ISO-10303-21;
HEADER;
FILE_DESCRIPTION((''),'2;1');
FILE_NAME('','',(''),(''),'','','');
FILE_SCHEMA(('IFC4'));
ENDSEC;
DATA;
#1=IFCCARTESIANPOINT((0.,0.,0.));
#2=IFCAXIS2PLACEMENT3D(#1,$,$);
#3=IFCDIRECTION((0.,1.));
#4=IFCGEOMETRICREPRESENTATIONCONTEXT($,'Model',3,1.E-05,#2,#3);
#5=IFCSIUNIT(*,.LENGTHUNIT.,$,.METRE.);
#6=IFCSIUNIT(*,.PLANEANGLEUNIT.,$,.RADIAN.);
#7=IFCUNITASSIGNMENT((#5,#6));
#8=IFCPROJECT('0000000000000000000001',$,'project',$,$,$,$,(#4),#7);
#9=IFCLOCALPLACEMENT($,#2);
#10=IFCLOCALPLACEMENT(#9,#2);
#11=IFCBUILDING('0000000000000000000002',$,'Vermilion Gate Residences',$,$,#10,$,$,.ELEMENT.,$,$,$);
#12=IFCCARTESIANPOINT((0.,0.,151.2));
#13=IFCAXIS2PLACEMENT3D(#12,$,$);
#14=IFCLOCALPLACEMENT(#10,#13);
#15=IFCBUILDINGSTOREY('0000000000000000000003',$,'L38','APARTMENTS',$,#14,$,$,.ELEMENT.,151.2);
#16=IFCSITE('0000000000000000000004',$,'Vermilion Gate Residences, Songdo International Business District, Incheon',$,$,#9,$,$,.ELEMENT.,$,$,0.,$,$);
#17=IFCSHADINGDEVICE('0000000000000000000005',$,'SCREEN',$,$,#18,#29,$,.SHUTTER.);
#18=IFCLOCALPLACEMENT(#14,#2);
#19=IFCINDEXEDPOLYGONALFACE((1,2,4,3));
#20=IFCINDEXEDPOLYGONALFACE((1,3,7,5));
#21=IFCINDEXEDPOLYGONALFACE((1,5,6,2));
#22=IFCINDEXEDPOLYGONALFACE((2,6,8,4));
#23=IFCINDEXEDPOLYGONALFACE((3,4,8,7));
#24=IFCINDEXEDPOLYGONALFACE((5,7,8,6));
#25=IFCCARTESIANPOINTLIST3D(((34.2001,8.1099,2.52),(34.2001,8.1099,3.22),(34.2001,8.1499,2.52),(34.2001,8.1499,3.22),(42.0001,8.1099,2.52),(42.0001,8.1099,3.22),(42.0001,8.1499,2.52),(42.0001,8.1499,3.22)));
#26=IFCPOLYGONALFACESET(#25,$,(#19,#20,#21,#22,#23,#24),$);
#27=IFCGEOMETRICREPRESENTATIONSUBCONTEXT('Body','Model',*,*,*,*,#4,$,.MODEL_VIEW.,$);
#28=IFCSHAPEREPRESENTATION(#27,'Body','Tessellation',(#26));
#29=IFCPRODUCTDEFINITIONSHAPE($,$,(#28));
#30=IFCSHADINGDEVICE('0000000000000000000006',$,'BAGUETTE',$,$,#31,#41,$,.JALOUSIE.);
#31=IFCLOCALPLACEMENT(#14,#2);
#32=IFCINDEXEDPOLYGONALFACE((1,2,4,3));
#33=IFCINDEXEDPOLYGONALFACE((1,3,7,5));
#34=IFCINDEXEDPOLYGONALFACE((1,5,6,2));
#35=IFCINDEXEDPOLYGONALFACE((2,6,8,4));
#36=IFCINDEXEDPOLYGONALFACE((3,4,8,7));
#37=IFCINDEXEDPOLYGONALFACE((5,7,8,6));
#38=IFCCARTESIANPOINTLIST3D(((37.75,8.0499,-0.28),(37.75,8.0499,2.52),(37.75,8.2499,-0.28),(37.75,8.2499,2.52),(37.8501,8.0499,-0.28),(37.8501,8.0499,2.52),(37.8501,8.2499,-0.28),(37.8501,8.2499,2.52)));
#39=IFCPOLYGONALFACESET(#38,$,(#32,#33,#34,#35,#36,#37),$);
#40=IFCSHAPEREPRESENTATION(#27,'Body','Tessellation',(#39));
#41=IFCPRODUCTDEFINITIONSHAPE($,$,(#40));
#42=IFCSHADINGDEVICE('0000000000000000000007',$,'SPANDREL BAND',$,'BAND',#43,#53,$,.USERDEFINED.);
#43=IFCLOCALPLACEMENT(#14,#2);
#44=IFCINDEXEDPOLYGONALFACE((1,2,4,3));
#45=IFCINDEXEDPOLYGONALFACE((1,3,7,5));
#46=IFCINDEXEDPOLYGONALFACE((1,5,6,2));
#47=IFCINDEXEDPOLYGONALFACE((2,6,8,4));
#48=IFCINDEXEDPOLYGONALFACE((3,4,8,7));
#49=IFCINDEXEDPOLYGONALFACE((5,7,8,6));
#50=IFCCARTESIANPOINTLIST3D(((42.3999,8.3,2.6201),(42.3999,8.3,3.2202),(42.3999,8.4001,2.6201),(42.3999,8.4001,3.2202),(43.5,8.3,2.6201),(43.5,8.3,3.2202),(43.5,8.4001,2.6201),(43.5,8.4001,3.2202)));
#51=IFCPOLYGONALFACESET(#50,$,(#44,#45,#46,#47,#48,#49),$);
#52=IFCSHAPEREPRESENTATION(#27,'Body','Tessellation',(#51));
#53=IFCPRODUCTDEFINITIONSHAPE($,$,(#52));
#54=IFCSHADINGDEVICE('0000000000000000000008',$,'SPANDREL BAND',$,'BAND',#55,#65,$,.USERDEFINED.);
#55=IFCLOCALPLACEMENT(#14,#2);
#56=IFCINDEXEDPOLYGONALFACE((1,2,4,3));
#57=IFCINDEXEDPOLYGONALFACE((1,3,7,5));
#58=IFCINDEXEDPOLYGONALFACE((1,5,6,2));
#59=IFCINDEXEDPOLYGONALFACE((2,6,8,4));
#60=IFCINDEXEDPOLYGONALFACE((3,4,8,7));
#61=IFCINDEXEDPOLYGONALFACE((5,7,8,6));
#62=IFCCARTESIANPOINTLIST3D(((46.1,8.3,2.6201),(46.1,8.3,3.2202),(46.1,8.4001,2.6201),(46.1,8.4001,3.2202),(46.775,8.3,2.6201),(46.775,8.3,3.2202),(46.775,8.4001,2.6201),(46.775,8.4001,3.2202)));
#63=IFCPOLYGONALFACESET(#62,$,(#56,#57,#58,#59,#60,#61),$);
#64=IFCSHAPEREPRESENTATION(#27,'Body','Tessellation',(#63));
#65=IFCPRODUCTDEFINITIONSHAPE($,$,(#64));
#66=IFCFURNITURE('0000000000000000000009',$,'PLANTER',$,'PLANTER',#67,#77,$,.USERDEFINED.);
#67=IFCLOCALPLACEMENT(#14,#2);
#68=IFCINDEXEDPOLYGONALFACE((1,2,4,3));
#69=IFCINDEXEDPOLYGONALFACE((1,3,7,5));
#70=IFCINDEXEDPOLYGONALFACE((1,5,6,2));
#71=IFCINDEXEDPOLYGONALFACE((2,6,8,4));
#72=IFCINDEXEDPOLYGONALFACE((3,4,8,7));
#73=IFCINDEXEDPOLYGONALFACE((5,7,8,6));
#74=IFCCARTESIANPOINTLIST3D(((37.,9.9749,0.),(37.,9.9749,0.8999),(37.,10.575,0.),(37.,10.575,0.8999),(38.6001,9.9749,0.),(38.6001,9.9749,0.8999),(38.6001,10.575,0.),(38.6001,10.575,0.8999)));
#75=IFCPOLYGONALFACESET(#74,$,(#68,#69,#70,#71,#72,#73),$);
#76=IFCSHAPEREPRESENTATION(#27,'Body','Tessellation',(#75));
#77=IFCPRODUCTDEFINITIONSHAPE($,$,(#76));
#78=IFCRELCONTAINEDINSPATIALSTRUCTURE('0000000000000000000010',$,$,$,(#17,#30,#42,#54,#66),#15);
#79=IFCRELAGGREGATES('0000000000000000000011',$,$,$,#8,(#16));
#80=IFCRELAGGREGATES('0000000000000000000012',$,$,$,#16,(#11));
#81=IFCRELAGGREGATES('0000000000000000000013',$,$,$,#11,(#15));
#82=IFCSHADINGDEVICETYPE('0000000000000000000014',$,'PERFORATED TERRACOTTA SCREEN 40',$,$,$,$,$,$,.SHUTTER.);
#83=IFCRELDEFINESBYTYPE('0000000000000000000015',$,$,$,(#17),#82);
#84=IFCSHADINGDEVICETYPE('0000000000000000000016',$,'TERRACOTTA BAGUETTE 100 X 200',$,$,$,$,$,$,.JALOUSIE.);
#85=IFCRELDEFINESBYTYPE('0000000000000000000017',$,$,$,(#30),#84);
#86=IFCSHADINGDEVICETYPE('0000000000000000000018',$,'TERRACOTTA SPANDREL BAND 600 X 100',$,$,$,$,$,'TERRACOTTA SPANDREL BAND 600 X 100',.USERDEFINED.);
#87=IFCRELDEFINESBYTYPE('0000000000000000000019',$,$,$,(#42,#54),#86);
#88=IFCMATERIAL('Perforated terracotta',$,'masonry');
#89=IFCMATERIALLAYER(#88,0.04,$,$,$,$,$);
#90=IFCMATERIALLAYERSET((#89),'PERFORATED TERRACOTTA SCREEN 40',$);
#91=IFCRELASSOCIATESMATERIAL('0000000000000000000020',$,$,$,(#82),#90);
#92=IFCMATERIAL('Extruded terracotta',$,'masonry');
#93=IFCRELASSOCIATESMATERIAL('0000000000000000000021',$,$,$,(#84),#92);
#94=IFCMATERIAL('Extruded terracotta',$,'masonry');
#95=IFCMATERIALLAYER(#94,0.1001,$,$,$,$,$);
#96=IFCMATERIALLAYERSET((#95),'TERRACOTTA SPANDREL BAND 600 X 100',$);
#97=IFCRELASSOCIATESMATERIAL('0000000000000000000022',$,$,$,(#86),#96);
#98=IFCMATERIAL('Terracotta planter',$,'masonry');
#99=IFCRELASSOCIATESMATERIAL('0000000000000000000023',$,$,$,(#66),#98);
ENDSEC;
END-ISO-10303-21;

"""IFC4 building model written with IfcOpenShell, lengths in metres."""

from ifc_helpers import new_model, si_unit, direction, frame, origin, origin_2d, place, context, subcontext, project, spatial, rectangle, extrude, material, layer, layer_set, material_profile, profile_set, type_object, element, save


model = new_model("IFC4")

# Units and contexts
model_context = context("Model", 3, precision=1e-05, world=origin(), true_north=direction((0.0, 1.0)))
body_context = subcontext(model_context, "Body", "Model", "MODEL_VIEW")
ifc_project = project(units=[si_unit("LENGTHUNIT", "METRE"), si_unit("PLANEANGLEUNIT", "RADIAN")], contexts=[model_context])

# Site, building, storey
site_placement = place(None, origin())
site = spatial("IfcSite", under=ifc_project, at=site_placement, Name="Vermilion Gate Residences, Songdo International Business District, Incheon", CompositionType="ELEMENT", RefElevation=0.0)
building_placement = place(site_placement, origin())
building = spatial("IfcBuilding", under=site, at=building_placement, Name="Vermilion Gate Residences", CompositionType="ELEMENT")
storey_placement = place(building_placement, frame((0.0, 0.0, 151.2)))
storey = spatial("IfcBuildingStorey", under=building, at=storey_placement, Name="L38", Description="APARTMENTS", CompositionType="ELEMENT", Elevation=151.2)

# Shading devices
ifc_material_1 = material(Name="Perforated terracotta", Category="masonry")
ifc_layer_1 = layer(ifc_material_1, 0.04)
ifc_layer_set_1 = layer_set([ifc_layer_1], Name="PERFORATED TERRACOTTA SCREEN 40")
shading_device_type_1 = type_object("IfcShadingDeviceType", Name="PERFORATED TERRACOTTA SCREEN 40", PredefinedType="SHUTTER", material=ifc_layer_set_1)
shading_device_1_placement = place(storey_placement, frame((38.1001, 8.1299, 2.52), z_axis=(0.0, 0.0, 1.0), x_axis=(1.0, 0.0, 0.0)))
element("IfcShadingDevice", 1, at=shading_device_1_placement, inside=storey, type_object=shading_device_type_1, Name="SCREEN", PredefinedType="SHUTTER", context=body_context, shape_type="SweptSolid", body=[
    extrude(rectangle(XDim=7.8, YDim=0.04, at=origin_2d()), origin(), (0.0, 0.0, 1.0), 0.7),
])
ifc_material_2 = material(Name="Extruded terracotta", Category="masonry")
ifc_material_profile = material_profile(ifc_material_2, rectangle(XDim=0.2, YDim=0.1001, at=origin_2d()), Name="BAGUETTE 100 X 200")
ifc_profile_set = profile_set([ifc_material_profile], Name="Extruded terracotta")
shading_device_type_2 = type_object("IfcShadingDeviceType", Name="TERRACOTTA BAGUETTE 100 X 200", PredefinedType="JALOUSIE", material=ifc_profile_set)
shading_device_2_placement = place(storey_placement, frame((37.8, 8.1499, -0.28), z_axis=(0.0, 0.0, 1.0), x_axis=(0.0, 1.0, 0.0)))
element("IfcShadingDevice", 2, at=shading_device_2_placement, inside=storey, type_object=shading_device_type_2, Name="BAGUETTE", PredefinedType="JALOUSIE", context=body_context, shape_type="SweptSolid", body=[
    extrude(rectangle(XDim=0.2, YDim=0.1001, at=origin_2d()), origin(), (0.0, 0.0, 1.0), 2.8),
])
ifc_material_3 = material(Name="Extruded terracotta", Category="masonry")
ifc_layer_2 = layer(ifc_material_3, 0.1001)
ifc_layer_set_2 = layer_set([ifc_layer_2], Name="TERRACOTTA SPANDREL BAND 600 X 100")
shading_device_type_3 = type_object("IfcShadingDeviceType", Name="TERRACOTTA SPANDREL BAND 600 X 100", ElementType="TERRACOTTA SPANDREL BAND 600 X 100", PredefinedType="USERDEFINED", material=ifc_layer_set_2)
shading_device_3_placement = place(storey_placement, frame((42.95, 8.3501, 2.6201), z_axis=(0.0, 0.0, 1.0), x_axis=(1.0, 0.0, 0.0)))
element("IfcShadingDevice", 3, at=shading_device_3_placement, inside=storey, type_object=shading_device_type_3, Name="SPANDREL BAND", ObjectType="BAND", PredefinedType="USERDEFINED", context=body_context, shape_type="SweptSolid", body=[
    extrude(rectangle(XDim=1.1001, YDim=0.1001, at=origin_2d()), origin(), (0.0, 0.0, 1.0), 0.6001),
])
shading_device_4_placement = place(storey_placement, frame((46.4375, 8.3501, 2.6201), z_axis=(0.0, 0.0, 1.0), x_axis=(1.0, 0.0, 0.0)))
element("IfcShadingDevice", 4, at=shading_device_4_placement, inside=storey, type_object=shading_device_type_3, Name="SPANDREL BAND", ObjectType="BAND", PredefinedType="USERDEFINED", context=body_context, shape_type="SweptSolid", body=[
    extrude(rectangle(XDim=0.675, YDim=0.1001, at=origin_2d()), origin(), (0.0, 0.0, 1.0), 0.6001),
])

# Furniture
ifc_material_4 = material(Name="Terracotta planter", Category="masonry")
furniture_placement = place(storey_placement, frame((37.8, 10.2749, 0.0), z_axis=(0.0, 0.0, 1.0), x_axis=(1.0, 0.0, 0.0)))
element("IfcFurniture", 5, at=furniture_placement, inside=storey, material=ifc_material_4, Name="PLANTER", ObjectType="PLANTER", PredefinedType="USERDEFINED", context=body_context, shape_type="SweptSolid", body=[
    extrude(rectangle(XDim=1.6001, YDim=0.6001, at=origin_2d()), origin(), (0.0, 0.0, 1.0), 0.8999),
])

save(model, "model.ifc")
